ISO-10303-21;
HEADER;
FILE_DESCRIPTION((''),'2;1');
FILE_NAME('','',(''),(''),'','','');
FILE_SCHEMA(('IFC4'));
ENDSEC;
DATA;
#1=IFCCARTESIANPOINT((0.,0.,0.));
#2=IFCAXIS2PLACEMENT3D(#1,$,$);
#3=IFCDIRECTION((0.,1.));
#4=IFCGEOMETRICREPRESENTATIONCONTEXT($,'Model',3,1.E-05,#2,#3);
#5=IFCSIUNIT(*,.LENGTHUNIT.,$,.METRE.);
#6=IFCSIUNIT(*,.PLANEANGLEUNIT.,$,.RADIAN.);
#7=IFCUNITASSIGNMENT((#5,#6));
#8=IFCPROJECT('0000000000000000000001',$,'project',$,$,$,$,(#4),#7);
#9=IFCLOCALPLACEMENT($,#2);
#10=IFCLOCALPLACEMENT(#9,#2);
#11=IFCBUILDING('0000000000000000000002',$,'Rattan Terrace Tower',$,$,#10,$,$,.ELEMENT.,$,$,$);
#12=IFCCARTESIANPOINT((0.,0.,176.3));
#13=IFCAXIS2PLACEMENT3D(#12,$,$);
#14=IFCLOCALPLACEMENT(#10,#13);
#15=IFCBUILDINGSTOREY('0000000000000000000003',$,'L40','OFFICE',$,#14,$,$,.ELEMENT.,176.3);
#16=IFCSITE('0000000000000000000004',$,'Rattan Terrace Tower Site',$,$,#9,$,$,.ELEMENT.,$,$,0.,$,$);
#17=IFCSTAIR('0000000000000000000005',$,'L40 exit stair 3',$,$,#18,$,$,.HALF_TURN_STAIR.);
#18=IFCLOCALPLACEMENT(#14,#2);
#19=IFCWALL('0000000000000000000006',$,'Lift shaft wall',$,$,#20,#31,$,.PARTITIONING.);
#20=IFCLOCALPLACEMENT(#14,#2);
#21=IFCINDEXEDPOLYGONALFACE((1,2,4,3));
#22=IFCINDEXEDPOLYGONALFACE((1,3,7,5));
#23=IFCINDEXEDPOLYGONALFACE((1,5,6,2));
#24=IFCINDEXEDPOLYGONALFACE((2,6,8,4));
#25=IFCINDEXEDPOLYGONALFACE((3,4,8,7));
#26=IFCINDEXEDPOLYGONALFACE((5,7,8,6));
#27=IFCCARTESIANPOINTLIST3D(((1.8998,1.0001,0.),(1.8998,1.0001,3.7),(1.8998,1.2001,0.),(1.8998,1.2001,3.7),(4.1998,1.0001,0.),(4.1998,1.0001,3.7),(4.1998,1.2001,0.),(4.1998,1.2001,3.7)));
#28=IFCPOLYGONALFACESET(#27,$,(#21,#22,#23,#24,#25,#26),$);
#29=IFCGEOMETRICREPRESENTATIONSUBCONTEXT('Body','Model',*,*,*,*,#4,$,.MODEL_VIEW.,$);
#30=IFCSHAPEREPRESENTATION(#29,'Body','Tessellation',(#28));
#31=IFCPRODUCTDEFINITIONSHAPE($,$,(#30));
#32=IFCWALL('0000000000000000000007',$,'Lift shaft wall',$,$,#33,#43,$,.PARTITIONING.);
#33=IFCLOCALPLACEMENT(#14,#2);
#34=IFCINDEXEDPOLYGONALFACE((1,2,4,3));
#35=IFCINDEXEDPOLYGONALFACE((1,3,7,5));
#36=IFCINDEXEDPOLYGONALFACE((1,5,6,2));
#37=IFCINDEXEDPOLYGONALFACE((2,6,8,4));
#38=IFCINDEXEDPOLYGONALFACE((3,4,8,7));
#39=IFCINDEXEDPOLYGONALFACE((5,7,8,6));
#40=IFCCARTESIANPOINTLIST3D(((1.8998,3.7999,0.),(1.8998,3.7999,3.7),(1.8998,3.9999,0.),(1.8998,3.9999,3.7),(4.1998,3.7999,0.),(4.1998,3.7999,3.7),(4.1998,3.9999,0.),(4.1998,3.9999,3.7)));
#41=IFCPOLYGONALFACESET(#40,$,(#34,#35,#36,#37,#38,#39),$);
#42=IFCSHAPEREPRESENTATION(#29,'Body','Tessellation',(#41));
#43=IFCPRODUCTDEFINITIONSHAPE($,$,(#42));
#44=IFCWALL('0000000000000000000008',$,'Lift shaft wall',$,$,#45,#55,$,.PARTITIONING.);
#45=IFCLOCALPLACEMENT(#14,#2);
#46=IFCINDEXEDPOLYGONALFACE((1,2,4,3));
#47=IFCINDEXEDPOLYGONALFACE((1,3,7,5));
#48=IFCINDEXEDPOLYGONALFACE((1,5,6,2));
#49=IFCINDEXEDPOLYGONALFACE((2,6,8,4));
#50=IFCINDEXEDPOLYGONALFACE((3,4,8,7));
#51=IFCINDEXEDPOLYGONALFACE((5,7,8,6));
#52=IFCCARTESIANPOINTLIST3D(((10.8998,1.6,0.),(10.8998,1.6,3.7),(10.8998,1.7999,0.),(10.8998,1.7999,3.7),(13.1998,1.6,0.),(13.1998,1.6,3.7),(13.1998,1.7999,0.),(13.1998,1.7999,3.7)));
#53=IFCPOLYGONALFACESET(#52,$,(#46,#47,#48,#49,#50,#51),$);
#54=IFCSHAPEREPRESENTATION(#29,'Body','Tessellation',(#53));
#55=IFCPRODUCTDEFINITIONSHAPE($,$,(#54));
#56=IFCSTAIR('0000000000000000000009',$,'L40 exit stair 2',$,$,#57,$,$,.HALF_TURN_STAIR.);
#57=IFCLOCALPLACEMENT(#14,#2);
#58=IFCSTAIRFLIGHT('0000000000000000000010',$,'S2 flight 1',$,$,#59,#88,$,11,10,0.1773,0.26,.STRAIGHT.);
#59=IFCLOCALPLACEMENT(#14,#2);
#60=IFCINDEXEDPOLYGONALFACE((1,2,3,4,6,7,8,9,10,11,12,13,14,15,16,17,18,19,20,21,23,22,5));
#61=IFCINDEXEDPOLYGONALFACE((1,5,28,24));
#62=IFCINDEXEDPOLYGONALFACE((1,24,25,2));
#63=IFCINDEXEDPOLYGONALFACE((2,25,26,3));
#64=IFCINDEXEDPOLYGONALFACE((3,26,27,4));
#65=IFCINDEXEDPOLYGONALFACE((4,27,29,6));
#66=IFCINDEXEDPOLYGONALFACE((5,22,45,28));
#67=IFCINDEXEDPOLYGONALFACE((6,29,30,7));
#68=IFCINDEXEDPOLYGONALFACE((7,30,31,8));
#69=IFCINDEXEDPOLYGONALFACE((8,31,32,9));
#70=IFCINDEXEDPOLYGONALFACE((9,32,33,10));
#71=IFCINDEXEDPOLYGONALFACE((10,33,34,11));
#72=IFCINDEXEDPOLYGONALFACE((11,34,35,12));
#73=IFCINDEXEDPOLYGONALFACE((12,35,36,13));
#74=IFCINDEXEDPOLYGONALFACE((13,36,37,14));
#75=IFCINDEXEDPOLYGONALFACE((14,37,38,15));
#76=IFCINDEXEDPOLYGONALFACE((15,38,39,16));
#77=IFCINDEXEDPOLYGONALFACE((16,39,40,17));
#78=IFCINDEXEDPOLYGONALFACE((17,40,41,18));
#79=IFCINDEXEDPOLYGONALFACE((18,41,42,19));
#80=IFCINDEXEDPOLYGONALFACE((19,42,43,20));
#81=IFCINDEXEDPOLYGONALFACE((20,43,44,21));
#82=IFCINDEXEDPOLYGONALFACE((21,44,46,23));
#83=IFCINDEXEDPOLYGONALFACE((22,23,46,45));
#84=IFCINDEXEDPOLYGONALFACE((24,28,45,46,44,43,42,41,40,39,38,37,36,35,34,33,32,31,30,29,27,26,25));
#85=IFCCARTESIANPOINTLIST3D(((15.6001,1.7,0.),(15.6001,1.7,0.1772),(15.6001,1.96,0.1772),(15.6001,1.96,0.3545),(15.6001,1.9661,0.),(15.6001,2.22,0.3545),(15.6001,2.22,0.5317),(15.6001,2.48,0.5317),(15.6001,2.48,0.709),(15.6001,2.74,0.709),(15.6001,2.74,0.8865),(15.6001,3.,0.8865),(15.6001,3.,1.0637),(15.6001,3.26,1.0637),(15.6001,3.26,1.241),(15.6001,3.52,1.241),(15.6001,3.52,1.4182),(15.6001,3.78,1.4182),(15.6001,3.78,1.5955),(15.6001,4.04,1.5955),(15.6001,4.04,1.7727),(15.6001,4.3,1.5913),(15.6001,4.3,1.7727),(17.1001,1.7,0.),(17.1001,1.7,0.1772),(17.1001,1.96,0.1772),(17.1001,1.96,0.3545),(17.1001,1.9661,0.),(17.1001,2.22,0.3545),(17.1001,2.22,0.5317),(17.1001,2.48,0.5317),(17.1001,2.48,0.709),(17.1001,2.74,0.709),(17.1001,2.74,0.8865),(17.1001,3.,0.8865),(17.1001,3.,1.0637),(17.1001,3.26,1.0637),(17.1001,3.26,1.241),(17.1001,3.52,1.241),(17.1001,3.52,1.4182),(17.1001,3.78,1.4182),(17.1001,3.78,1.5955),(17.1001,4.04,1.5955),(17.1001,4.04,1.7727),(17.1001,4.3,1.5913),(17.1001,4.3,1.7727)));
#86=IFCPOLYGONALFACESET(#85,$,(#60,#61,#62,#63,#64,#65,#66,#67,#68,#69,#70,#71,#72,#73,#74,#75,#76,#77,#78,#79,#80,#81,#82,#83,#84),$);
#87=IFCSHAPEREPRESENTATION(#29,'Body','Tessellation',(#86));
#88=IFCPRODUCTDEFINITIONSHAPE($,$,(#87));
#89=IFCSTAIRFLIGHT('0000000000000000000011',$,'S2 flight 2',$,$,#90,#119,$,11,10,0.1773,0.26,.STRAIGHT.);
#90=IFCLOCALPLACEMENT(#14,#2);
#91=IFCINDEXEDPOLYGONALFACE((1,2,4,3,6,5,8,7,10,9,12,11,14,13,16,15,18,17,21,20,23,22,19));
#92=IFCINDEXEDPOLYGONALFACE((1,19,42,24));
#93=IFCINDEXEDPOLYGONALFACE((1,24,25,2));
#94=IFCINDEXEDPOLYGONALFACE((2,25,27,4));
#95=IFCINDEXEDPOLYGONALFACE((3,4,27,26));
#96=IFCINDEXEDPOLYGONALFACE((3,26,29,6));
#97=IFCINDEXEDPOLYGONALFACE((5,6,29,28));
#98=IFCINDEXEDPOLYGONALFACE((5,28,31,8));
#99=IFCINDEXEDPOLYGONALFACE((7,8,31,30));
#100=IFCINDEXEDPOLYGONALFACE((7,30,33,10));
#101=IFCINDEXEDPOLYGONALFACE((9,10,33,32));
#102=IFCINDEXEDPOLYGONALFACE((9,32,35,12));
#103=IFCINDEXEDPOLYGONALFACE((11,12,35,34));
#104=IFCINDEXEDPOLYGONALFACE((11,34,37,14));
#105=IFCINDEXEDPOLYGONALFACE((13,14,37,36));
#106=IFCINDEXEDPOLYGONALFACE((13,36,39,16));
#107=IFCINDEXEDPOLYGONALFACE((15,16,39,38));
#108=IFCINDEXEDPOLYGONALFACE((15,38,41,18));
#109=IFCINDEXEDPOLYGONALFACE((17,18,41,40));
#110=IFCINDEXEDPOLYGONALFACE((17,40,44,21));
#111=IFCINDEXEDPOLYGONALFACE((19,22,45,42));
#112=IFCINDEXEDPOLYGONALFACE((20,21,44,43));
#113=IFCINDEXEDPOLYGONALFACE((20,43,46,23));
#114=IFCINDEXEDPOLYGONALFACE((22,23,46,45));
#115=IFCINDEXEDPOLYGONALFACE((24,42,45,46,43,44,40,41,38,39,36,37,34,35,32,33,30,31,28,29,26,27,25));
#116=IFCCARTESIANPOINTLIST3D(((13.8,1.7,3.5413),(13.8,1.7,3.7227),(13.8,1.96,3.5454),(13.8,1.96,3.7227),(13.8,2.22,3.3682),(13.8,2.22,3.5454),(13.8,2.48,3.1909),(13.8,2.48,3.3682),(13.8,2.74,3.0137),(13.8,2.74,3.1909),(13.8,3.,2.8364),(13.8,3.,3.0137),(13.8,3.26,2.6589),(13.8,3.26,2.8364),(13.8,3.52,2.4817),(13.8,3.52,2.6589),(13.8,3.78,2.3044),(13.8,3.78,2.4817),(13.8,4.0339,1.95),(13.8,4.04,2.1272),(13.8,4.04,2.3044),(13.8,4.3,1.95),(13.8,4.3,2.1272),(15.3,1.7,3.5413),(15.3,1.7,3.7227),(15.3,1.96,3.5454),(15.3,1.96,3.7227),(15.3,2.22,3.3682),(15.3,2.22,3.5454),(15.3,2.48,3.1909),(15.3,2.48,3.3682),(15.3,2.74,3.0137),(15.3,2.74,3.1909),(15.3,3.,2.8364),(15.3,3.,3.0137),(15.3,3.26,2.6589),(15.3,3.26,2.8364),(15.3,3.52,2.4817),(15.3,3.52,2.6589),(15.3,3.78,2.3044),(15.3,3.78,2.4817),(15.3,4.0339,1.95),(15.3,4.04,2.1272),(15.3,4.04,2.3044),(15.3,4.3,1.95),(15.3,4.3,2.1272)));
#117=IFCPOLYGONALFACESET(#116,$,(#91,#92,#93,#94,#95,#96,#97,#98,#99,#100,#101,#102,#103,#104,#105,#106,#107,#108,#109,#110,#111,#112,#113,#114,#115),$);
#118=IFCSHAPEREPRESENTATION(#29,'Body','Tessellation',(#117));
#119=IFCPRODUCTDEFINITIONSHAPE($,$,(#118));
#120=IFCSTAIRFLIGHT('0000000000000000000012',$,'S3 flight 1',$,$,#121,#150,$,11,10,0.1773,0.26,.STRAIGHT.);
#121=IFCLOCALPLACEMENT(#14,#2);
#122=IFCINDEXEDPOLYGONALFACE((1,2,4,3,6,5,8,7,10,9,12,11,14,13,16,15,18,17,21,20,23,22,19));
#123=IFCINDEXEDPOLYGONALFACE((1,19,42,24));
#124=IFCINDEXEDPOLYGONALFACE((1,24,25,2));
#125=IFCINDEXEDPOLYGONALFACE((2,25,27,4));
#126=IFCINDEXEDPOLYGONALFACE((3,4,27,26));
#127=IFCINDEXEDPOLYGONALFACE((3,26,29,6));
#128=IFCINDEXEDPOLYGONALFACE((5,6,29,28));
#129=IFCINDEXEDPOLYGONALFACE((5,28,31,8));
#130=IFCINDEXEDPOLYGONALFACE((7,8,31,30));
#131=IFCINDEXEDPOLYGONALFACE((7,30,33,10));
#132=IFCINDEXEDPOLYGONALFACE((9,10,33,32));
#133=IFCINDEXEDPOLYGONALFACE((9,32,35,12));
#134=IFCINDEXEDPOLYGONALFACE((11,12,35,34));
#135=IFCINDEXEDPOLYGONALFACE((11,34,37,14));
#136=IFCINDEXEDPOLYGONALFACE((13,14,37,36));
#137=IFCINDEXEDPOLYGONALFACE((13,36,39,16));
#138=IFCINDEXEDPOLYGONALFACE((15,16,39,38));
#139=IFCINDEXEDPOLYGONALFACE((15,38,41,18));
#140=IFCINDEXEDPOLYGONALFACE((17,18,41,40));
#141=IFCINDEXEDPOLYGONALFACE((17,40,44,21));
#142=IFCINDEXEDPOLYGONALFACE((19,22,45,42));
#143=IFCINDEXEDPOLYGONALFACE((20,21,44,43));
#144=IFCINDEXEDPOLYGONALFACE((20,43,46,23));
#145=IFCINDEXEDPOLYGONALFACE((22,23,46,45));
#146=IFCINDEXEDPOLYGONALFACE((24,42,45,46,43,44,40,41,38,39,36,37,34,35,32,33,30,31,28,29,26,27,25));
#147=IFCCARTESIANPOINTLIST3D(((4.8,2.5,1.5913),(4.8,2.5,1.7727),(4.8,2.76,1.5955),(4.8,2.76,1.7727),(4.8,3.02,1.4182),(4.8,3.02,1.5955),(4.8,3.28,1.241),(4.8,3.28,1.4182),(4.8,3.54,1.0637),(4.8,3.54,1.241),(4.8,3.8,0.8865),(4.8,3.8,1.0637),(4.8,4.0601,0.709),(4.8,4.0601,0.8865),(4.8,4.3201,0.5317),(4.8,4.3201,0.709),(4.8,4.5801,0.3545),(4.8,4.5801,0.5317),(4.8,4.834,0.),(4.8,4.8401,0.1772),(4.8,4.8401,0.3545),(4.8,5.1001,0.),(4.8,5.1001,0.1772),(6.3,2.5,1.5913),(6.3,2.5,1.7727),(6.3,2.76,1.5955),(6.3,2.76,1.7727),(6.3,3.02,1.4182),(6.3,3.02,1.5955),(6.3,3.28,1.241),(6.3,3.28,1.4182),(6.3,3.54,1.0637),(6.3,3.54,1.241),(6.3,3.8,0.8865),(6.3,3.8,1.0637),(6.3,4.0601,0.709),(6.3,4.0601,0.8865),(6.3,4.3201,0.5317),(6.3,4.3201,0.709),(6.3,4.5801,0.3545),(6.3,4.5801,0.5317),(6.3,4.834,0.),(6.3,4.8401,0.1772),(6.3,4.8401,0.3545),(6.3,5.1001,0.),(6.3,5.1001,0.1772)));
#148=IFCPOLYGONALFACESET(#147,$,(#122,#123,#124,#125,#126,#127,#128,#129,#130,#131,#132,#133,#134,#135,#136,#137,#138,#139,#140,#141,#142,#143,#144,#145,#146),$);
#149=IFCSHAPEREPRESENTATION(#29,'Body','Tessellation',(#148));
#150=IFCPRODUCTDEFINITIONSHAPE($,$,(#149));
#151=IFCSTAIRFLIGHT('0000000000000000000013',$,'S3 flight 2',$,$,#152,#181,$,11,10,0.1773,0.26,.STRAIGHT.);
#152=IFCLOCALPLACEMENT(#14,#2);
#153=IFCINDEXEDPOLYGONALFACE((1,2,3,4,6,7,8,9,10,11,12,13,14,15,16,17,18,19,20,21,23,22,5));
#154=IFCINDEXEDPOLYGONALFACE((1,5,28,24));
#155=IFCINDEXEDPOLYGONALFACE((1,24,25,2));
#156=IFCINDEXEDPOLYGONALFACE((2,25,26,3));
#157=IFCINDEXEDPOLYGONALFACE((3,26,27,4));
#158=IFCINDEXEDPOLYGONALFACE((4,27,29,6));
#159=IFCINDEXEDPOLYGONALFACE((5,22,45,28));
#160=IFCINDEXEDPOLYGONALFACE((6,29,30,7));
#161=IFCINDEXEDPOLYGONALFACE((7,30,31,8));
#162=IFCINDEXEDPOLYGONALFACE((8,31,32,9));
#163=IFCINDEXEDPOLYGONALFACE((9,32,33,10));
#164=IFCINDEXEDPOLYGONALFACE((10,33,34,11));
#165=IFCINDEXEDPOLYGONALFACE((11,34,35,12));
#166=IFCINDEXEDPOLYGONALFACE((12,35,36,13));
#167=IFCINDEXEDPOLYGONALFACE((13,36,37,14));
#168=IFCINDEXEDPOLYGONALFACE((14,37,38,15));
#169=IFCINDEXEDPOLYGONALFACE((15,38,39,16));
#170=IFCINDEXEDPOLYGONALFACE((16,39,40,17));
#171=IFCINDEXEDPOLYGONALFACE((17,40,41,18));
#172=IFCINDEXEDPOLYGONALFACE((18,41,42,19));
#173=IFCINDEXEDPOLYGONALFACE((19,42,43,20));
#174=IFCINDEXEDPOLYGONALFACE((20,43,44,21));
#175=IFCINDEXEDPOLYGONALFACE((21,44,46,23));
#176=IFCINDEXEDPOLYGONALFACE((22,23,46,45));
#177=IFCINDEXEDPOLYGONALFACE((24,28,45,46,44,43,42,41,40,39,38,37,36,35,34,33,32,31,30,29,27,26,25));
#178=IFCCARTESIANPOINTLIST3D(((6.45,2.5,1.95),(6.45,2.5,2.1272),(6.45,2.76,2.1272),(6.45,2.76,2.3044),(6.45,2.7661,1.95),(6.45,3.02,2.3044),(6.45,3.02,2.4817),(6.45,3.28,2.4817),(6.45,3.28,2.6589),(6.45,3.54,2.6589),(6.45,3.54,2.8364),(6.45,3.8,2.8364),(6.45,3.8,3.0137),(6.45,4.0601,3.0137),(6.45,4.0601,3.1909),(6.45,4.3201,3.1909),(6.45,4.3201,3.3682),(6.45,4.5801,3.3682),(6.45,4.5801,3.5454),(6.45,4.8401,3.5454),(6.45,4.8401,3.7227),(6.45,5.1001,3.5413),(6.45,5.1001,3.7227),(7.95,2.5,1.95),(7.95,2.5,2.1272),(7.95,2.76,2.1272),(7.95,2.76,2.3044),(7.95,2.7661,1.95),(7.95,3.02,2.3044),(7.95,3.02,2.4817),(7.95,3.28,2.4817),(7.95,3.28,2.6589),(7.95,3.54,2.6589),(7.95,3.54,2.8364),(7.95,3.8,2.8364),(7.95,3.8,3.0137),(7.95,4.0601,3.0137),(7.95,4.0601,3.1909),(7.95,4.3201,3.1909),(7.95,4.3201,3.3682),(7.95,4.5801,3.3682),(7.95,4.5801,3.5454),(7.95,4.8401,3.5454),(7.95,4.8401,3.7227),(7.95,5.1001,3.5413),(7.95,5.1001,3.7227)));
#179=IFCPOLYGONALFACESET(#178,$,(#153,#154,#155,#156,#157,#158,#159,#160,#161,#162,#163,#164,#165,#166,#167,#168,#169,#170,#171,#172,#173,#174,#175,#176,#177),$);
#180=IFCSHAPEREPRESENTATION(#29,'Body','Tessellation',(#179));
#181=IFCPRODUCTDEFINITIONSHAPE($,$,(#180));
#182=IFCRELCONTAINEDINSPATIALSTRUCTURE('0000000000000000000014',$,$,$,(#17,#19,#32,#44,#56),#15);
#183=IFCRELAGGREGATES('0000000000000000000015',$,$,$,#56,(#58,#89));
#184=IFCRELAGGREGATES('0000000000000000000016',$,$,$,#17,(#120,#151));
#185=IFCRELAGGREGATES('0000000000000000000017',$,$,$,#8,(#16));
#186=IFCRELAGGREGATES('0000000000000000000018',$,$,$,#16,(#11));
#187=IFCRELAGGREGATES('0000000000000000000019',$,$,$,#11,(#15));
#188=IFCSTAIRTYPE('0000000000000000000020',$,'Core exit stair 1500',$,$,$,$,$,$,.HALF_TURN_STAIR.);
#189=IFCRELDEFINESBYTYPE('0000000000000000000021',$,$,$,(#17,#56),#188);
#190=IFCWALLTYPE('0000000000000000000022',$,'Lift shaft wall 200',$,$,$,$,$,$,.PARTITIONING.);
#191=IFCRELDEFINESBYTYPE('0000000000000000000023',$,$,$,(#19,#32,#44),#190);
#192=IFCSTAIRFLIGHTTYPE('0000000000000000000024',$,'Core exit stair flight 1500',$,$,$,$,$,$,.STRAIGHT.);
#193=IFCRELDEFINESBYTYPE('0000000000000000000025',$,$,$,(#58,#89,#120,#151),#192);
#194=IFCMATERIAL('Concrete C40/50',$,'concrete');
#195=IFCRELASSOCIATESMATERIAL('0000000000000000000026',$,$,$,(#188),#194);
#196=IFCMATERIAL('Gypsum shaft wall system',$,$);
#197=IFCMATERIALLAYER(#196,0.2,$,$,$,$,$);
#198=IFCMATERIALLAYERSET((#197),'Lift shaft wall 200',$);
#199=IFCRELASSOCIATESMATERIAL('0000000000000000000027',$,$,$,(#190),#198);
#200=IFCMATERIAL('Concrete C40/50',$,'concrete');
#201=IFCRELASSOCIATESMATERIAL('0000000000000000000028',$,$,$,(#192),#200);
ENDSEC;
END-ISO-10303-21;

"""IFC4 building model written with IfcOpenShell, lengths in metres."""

from ifc_helpers import new_model, si_unit, direction, frame, frame_2d, origin, place, context, subcontext, project, spatial, polyline, rectangle, outline, extrude, material, layer, layer_set, type_object, element, aggregate, save


model = new_model("IFC4")

# Units and contexts
model_context = context("Model", 3, precision=1e-05, world=origin(), true_north=direction((0.0, 1.0)))
body_context = subcontext(model_context, "Body", "Model", "MODEL_VIEW")
ifc_project = project(units=[si_unit("LENGTHUNIT", "METRE"), si_unit("PLANEANGLEUNIT", "RADIAN")], contexts=[model_context])

# Site, building, storey
site_placement = place(None, origin())
site = spatial("IfcSite", under=ifc_project, at=site_placement, Name="Rattan Terrace Tower Site", CompositionType="ELEMENT", RefElevation=0.0)
building_placement = place(site_placement, origin())
building = spatial("IfcBuilding", under=site, at=building_placement, Name="Rattan Terrace Tower", CompositionType="ELEMENT")
storey_placement = place(building_placement, frame((0.0, 0.0, 176.3)))
storey = spatial("IfcBuildingStorey", under=building, at=storey_placement, Name="L40", Description="OFFICE", CompositionType="ELEMENT", Elevation=176.3)

# Stair
ifc_material_1 = material(Name="Concrete C40/50", Category="concrete")
stair_type = type_object("IfcStairType", Name="Core exit stair 1500", PredefinedType="HALF_TURN_STAIR", material=ifc_material_1)
stair_1_placement = place(storey_placement, origin())
stair_1 = element("IfcStair", 1, at=stair_1_placement, inside=storey, type_object=stair_type, Name="L40 exit stair 3", PredefinedType="HALF_TURN_STAIR")

# Walls
ifc_material_2 = material(Name="Gypsum shaft wall system")
ifc_layer_1 = layer(ifc_material_2, 0.2)
ifc_layer_set_1 = layer_set([ifc_layer_1], Name="Lift shaft wall 200")
wall_type_1 = type_object("IfcWallType", Name="Lift shaft wall 200", PredefinedType="PARTITIONING", material=ifc_layer_set_1)
for number, where, z_axis, x_axis, name in (
    (2, (1.8999, 1.1001, 0.0), (0.0, 0.0, 1.0), (1.0, 0.0, 0.0), "Lift shaft wall"),
    (3, (1.8999, 3.8999, 0.0), (0.0, 0.0, 1.0), (1.0, 0.0, 0.0), "Lift shaft wall"),
    (4, (10.8999, 1.7, 0.0), (0.0, 0.0, 1.0), (1.0, 0.0, 0.0), "Lift shaft wall"),
):
    element("IfcWall", number, at=place(storey_placement, frame(where, z_axis=z_axis, x_axis=x_axis)), inside=storey, type_object=wall_type_1, Name=name, PredefinedType="PARTITIONING", context=body_context, shape_type="SweptSolid", body=[
        extrude(rectangle(XDim=2.3, YDim=0.2, at=frame_2d((1.1499, 0.0))), origin(), (0.0, 0.0, 1.0), 3.7),
    ])

# Stair, stair flights
stair_2_placement = place(storey_placement, origin())
stair_2 = element("IfcStair", 5, at=stair_2_placement, inside=storey, type_object=stair_type, Name="L40 exit stair 2", PredefinedType="HALF_TURN_STAIR")
ifc_material_3 = material(Name="Concrete C40/50", Category="concrete")
stair_flight_type = type_object("IfcStairFlightType", Name="Core exit stair flight 1500", PredefinedType="STRAIGHT", material=ifc_material_3)
stair_flight_1_placement = place(storey_placement, frame((16.3501, 1.7, 0.0), z_axis=(0.0, 0.0, 1.0), x_axis=(0.0, 1.0, 0.0)))
stair_flight_1 = element("IfcStairFlight", 6, at=stair_flight_1_placement, type_object=stair_flight_type, Name="S2 flight 1", NumberOfRisers=11, NumberOfTreads=10, PredefinedType="STRAIGHT", RiserHeight=0.1773, TreadLength=0.26, context=body_context, shape_type="SweptSolid", body=[
    extrude(outline(polyline([(0.0, 0.0), (0.0, 0.1772), (0.26, 0.1772), (0.26, 0.3545), (0.52, 0.3545), (0.52, 0.5317), (0.78, 0.5317), (0.78, 0.709), (1.04, 0.709), (1.04, 0.8865), (1.3, 0.8865), (1.3, 1.0637), (1.5601, 1.0637), (1.5601, 1.241), (1.8201, 1.241), (1.8201, 1.4182), (2.0801, 1.4182), (2.0801, 1.5955), (2.3401, 1.5955), (2.3401, 1.7727), (2.6001, 1.7727), (2.6001, 1.95), (2.6001, 1.5913), (0.2661, 0.0), (0.0, 0.0)])), frame((0.0, 0.75, 0.0), z_axis=(0.0, -1.0, 0.0), x_axis=(1.0, 0.0, 0.0)), (0.0, 0.0, 1.0), 1.5),
])
stair_flight_2_placement = place(storey_placement, frame((14.55, 4.3, 1.95), z_axis=(0.0, 0.0, 1.0), x_axis=(0.0, -1.0, 0.0)))
stair_flight_2 = element("IfcStairFlight", 7, at=stair_flight_2_placement, type_object=stair_flight_type, Name="S2 flight 2", NumberOfRisers=11, NumberOfTreads=10, PredefinedType="STRAIGHT", RiserHeight=0.1773, TreadLength=0.26, context=body_context, shape_type="SweptSolid", body=[
    extrude(outline(polyline([(0.0, 0.0), (0.0, 0.1772), (0.26, 0.1772), (0.26, 0.3545), (0.52, 0.3545), (0.52, 0.5317), (0.78, 0.5317), (0.78, 0.709), (1.04, 0.709), (1.04, 0.8865), (1.3, 0.8865), (1.3, 1.0637), (1.5601, 1.0637), (1.5601, 1.241), (1.8201, 1.241), (1.8201, 1.4182), (2.0801, 1.4182), (2.0801, 1.5955), (2.3401, 1.5955), (2.3401, 1.7727), (2.6001, 1.7727), (2.6001, 1.95), (2.6001, 1.5913), (0.2661, 0.0), (0.0, 0.0)])), frame((0.0, 0.75, 0.0), z_axis=(0.0, -1.0, 0.0), x_axis=(1.0, 0.0, 0.0)), (0.0, 0.0, 1.0), 1.5),
])
aggregate(stair_2, [stair_flight_1, stair_flight_2])

# Stair flights
stair_flight_3_placement = place(storey_placement, frame((5.55, 5.1001, 0.0), z_axis=(0.0, 0.0, 1.0), x_axis=(0.0, -1.0, 0.0)))
stair_flight_3 = element("IfcStairFlight", 8, at=stair_flight_3_placement, type_object=stair_flight_type, Name="S3 flight 1", NumberOfRisers=11, NumberOfTreads=10, PredefinedType="STRAIGHT", RiserHeight=0.1773, TreadLength=0.26, context=body_context, shape_type="SweptSolid", body=[
    extrude(outline(polyline([(0.0, 0.0), (0.0, 0.1772), (0.26, 0.1772), (0.26, 0.3545), (0.52, 0.3545), (0.52, 0.5317), (0.78, 0.5317), (0.78, 0.709), (1.04, 0.709), (1.04, 0.8865), (1.3, 0.8865), (1.3, 1.0637), (1.5601, 1.0637), (1.5601, 1.241), (1.8201, 1.241), (1.8201, 1.4182), (2.0801, 1.4182), (2.0801, 1.5955), (2.3401, 1.5955), (2.3401, 1.7727), (2.6001, 1.7727), (2.6001, 1.95), (2.6001, 1.5913), (0.2661, 0.0), (0.0, 0.0)])), frame((0.0, 0.75, 0.0), z_axis=(0.0, -1.0, 0.0), x_axis=(1.0, 0.0, 0.0)), (0.0, 0.0, 1.0), 1.5),
])
stair_flight_4_placement = place(storey_placement, frame((7.2, 2.5, 1.95), z_axis=(0.0, 0.0, 1.0), x_axis=(0.0, 1.0, 0.0)))
stair_flight_4 = element("IfcStairFlight", 9, at=stair_flight_4_placement, type_object=stair_flight_type, Name="S3 flight 2", NumberOfRisers=11, NumberOfTreads=10, PredefinedType="STRAIGHT", RiserHeight=0.1773, TreadLength=0.26, context=body_context, shape_type="SweptSolid", body=[
    extrude(outline(polyline([(0.0, 0.0), (0.0, 0.1772), (0.26, 0.1772), (0.26, 0.3545), (0.52, 0.3545), (0.52, 0.5317), (0.78, 0.5317), (0.78, 0.709), (1.04, 0.709), (1.04, 0.8865), (1.3, 0.8865), (1.3, 1.0637), (1.5601, 1.0637), (1.5601, 1.241), (1.8201, 1.241), (1.8201, 1.4182), (2.0801, 1.4182), (2.0801, 1.5955), (2.3401, 1.5955), (2.3401, 1.7727), (2.6001, 1.7727), (2.6001, 1.95), (2.6001, 1.5913), (0.2661, 0.0), (0.0, 0.0)])), frame((0.0, 0.75, 0.0), z_axis=(0.0, -1.0, 0.0), x_axis=(1.0, 0.0, 0.0)), (0.0, 0.0, 1.0), 1.5),
])
aggregate(stair_1, [stair_flight_3, stair_flight_4])

save(model, "model.ifc")
